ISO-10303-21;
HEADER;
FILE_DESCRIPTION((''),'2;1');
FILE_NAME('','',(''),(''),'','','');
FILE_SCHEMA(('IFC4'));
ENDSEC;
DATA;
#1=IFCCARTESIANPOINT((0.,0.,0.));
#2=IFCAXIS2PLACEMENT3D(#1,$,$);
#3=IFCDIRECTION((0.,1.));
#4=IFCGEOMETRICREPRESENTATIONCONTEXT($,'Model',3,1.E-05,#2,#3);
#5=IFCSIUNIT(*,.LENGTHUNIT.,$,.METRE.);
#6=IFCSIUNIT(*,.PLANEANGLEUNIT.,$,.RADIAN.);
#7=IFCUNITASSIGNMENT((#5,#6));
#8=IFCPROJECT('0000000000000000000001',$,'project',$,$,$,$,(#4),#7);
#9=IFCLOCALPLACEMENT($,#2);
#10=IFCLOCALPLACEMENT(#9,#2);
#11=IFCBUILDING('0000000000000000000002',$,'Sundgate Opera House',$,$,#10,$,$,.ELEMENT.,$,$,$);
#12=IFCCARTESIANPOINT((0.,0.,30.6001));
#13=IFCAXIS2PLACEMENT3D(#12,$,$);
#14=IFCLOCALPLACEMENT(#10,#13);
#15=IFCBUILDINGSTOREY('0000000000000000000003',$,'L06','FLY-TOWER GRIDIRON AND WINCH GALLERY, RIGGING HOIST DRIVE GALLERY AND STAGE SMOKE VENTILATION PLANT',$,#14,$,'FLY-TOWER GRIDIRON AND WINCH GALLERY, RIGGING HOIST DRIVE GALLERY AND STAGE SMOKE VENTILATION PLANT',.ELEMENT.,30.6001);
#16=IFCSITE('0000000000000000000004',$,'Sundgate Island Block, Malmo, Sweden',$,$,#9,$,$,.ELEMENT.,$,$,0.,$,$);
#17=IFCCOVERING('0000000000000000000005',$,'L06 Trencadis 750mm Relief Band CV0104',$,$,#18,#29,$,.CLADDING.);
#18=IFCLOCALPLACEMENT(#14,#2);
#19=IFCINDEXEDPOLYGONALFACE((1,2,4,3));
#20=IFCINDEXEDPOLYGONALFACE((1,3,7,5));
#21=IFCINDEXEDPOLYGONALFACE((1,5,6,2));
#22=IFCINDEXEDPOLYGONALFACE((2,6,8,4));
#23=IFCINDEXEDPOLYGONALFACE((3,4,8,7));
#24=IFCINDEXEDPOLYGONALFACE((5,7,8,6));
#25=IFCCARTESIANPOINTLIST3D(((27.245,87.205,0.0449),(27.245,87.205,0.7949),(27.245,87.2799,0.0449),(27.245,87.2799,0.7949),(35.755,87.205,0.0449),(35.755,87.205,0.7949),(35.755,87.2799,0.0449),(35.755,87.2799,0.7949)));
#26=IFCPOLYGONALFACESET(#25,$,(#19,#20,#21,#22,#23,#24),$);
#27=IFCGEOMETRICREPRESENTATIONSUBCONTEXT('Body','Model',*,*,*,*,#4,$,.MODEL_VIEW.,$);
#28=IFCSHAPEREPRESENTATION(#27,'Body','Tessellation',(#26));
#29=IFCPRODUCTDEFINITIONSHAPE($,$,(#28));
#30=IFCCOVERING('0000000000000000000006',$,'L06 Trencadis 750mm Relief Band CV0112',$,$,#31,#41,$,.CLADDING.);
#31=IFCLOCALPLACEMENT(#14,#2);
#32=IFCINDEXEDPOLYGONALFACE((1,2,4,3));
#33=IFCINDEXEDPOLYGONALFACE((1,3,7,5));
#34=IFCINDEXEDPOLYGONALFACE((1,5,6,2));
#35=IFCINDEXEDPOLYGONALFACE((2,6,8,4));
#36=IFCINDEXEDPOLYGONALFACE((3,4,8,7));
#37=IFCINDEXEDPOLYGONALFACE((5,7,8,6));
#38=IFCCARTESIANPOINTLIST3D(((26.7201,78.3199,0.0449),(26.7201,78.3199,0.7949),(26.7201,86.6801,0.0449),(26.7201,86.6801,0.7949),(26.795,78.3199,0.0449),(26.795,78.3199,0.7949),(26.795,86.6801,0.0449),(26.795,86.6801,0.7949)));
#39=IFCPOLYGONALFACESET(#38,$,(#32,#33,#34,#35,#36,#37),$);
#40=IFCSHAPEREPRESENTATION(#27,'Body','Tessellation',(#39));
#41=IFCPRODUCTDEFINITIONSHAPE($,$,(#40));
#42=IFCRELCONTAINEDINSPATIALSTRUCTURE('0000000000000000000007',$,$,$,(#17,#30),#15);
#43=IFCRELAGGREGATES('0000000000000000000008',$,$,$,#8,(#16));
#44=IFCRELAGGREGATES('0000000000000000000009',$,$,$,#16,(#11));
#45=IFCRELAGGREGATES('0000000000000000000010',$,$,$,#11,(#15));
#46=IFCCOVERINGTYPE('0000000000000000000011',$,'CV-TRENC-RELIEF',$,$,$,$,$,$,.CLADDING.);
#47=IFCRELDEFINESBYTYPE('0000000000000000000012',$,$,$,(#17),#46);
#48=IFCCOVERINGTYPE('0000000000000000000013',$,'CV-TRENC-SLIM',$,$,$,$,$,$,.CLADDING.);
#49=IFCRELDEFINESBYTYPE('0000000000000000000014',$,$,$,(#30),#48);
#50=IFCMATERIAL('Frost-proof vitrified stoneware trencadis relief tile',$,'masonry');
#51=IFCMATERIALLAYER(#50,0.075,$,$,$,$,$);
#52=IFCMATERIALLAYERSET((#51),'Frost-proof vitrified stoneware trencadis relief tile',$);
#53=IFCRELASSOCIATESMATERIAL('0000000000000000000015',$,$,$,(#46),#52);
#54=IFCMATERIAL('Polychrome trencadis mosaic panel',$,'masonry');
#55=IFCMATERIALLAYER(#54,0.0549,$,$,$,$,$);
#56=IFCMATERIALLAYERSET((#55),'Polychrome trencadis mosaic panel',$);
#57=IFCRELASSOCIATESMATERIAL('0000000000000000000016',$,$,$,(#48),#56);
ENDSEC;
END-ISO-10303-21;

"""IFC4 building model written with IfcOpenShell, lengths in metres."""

from ifc_helpers import new_model, si_unit, direction, frame, origin, origin_2d, place, context, subcontext, project, spatial, rectangle, extrude, material, layer, layer_set, type_object, element, save


model = new_model("IFC4")

# Units and contexts
model_context = context("Model", 3, precision=1e-05, world=origin(), true_north=direction((0.0, 1.0)))
body_context = subcontext(model_context, "Body", "Model", "MODEL_VIEW")
ifc_project = project(units=[si_unit("LENGTHUNIT", "METRE"), si_unit("PLANEANGLEUNIT", "RADIAN")], contexts=[model_context])

# Site, building, storey
site_placement = place(None, origin())
site = spatial("IfcSite", under=ifc_project, at=site_placement, Name="Sundgate Island Block, Malmo, Sweden", CompositionType="ELEMENT", RefElevation=0.0)
building_placement = place(site_placement, origin())
building = spatial("IfcBuilding", under=site, at=building_placement, Name="Sundgate Opera House", CompositionType="ELEMENT")
storey_placement = place(building_placement, frame((0.0, 0.0, 30.6001)))
storey = spatial("IfcBuildingStorey", under=building, at=storey_placement, Name="L06", Description="FLY-TOWER GRIDIRON AND WINCH GALLERY, RIGGING HOIST DRIVE GALLERY AND STAGE SMOKE VENTILATION PLANT", LongName="FLY-TOWER GRIDIRON AND WINCH GALLERY, RIGGING HOIST DRIVE GALLERY AND STAGE SMOKE VENTILATION PLANT", CompositionType="ELEMENT", Elevation=30.6001)

# Coverings
ifc_material_1 = material(Name="Frost-proof vitrified stoneware trencadis relief tile", Category="masonry")
ifc_layer_1 = layer(ifc_material_1, 0.075)
ifc_layer_set_1 = layer_set([ifc_layer_1], Name="Frost-proof vitrified stoneware trencadis relief tile")
covering_type_1 = type_object("IfcCoveringType", Name="CV-TRENC-RELIEF", PredefinedType="CLADDING", material=ifc_layer_set_1)
covering_1_placement = place(storey_placement, frame((31.5, 87.2424, 0.0449), z_axis=(0.0, 0.0, 1.0), x_axis=(1.0, 0.0, 0.0)))
element("IfcCovering", 1, at=covering_1_placement, inside=storey, type_object=covering_type_1, Name="L06 Trencadis 750mm Relief Band CV0104", PredefinedType="CLADDING", context=body_context, shape_type="SweptSolid", body=[
    extrude(rectangle(XDim=8.51, YDim=0.075, at=origin_2d()), origin(), (0.0, 0.0, 1.0), 0.75),
])
ifc_material_2 = material(Name="Polychrome trencadis mosaic panel", Category="masonry")
ifc_layer_2 = layer(ifc_material_2, 0.0549)
ifc_layer_set_2 = layer_set([ifc_layer_2], Name="Polychrome trencadis mosaic panel")
covering_type_2 = type_object("IfcCoveringType", Name="CV-TRENC-SLIM", PredefinedType="CLADDING", material=ifc_layer_set_2)
covering_2_placement = place(storey_placement, frame((26.7576, 82.5, 0.0449), z_axis=(0.0, 0.0, 1.0), x_axis=(0.0, 1.0, 0.0)))
element("IfcCovering", 2, at=covering_2_placement, inside=storey, type_object=covering_type_2, Name="L06 Trencadis 750mm Relief Band CV0112", PredefinedType="CLADDING", context=body_context, shape_type="SweptSolid", body=[
    extrude(rectangle(XDim=8.3601, YDim=0.075, at=origin_2d()), origin(), (0.0, 0.0, 1.0), 0.75),
])

save(model, "model.ifc")
